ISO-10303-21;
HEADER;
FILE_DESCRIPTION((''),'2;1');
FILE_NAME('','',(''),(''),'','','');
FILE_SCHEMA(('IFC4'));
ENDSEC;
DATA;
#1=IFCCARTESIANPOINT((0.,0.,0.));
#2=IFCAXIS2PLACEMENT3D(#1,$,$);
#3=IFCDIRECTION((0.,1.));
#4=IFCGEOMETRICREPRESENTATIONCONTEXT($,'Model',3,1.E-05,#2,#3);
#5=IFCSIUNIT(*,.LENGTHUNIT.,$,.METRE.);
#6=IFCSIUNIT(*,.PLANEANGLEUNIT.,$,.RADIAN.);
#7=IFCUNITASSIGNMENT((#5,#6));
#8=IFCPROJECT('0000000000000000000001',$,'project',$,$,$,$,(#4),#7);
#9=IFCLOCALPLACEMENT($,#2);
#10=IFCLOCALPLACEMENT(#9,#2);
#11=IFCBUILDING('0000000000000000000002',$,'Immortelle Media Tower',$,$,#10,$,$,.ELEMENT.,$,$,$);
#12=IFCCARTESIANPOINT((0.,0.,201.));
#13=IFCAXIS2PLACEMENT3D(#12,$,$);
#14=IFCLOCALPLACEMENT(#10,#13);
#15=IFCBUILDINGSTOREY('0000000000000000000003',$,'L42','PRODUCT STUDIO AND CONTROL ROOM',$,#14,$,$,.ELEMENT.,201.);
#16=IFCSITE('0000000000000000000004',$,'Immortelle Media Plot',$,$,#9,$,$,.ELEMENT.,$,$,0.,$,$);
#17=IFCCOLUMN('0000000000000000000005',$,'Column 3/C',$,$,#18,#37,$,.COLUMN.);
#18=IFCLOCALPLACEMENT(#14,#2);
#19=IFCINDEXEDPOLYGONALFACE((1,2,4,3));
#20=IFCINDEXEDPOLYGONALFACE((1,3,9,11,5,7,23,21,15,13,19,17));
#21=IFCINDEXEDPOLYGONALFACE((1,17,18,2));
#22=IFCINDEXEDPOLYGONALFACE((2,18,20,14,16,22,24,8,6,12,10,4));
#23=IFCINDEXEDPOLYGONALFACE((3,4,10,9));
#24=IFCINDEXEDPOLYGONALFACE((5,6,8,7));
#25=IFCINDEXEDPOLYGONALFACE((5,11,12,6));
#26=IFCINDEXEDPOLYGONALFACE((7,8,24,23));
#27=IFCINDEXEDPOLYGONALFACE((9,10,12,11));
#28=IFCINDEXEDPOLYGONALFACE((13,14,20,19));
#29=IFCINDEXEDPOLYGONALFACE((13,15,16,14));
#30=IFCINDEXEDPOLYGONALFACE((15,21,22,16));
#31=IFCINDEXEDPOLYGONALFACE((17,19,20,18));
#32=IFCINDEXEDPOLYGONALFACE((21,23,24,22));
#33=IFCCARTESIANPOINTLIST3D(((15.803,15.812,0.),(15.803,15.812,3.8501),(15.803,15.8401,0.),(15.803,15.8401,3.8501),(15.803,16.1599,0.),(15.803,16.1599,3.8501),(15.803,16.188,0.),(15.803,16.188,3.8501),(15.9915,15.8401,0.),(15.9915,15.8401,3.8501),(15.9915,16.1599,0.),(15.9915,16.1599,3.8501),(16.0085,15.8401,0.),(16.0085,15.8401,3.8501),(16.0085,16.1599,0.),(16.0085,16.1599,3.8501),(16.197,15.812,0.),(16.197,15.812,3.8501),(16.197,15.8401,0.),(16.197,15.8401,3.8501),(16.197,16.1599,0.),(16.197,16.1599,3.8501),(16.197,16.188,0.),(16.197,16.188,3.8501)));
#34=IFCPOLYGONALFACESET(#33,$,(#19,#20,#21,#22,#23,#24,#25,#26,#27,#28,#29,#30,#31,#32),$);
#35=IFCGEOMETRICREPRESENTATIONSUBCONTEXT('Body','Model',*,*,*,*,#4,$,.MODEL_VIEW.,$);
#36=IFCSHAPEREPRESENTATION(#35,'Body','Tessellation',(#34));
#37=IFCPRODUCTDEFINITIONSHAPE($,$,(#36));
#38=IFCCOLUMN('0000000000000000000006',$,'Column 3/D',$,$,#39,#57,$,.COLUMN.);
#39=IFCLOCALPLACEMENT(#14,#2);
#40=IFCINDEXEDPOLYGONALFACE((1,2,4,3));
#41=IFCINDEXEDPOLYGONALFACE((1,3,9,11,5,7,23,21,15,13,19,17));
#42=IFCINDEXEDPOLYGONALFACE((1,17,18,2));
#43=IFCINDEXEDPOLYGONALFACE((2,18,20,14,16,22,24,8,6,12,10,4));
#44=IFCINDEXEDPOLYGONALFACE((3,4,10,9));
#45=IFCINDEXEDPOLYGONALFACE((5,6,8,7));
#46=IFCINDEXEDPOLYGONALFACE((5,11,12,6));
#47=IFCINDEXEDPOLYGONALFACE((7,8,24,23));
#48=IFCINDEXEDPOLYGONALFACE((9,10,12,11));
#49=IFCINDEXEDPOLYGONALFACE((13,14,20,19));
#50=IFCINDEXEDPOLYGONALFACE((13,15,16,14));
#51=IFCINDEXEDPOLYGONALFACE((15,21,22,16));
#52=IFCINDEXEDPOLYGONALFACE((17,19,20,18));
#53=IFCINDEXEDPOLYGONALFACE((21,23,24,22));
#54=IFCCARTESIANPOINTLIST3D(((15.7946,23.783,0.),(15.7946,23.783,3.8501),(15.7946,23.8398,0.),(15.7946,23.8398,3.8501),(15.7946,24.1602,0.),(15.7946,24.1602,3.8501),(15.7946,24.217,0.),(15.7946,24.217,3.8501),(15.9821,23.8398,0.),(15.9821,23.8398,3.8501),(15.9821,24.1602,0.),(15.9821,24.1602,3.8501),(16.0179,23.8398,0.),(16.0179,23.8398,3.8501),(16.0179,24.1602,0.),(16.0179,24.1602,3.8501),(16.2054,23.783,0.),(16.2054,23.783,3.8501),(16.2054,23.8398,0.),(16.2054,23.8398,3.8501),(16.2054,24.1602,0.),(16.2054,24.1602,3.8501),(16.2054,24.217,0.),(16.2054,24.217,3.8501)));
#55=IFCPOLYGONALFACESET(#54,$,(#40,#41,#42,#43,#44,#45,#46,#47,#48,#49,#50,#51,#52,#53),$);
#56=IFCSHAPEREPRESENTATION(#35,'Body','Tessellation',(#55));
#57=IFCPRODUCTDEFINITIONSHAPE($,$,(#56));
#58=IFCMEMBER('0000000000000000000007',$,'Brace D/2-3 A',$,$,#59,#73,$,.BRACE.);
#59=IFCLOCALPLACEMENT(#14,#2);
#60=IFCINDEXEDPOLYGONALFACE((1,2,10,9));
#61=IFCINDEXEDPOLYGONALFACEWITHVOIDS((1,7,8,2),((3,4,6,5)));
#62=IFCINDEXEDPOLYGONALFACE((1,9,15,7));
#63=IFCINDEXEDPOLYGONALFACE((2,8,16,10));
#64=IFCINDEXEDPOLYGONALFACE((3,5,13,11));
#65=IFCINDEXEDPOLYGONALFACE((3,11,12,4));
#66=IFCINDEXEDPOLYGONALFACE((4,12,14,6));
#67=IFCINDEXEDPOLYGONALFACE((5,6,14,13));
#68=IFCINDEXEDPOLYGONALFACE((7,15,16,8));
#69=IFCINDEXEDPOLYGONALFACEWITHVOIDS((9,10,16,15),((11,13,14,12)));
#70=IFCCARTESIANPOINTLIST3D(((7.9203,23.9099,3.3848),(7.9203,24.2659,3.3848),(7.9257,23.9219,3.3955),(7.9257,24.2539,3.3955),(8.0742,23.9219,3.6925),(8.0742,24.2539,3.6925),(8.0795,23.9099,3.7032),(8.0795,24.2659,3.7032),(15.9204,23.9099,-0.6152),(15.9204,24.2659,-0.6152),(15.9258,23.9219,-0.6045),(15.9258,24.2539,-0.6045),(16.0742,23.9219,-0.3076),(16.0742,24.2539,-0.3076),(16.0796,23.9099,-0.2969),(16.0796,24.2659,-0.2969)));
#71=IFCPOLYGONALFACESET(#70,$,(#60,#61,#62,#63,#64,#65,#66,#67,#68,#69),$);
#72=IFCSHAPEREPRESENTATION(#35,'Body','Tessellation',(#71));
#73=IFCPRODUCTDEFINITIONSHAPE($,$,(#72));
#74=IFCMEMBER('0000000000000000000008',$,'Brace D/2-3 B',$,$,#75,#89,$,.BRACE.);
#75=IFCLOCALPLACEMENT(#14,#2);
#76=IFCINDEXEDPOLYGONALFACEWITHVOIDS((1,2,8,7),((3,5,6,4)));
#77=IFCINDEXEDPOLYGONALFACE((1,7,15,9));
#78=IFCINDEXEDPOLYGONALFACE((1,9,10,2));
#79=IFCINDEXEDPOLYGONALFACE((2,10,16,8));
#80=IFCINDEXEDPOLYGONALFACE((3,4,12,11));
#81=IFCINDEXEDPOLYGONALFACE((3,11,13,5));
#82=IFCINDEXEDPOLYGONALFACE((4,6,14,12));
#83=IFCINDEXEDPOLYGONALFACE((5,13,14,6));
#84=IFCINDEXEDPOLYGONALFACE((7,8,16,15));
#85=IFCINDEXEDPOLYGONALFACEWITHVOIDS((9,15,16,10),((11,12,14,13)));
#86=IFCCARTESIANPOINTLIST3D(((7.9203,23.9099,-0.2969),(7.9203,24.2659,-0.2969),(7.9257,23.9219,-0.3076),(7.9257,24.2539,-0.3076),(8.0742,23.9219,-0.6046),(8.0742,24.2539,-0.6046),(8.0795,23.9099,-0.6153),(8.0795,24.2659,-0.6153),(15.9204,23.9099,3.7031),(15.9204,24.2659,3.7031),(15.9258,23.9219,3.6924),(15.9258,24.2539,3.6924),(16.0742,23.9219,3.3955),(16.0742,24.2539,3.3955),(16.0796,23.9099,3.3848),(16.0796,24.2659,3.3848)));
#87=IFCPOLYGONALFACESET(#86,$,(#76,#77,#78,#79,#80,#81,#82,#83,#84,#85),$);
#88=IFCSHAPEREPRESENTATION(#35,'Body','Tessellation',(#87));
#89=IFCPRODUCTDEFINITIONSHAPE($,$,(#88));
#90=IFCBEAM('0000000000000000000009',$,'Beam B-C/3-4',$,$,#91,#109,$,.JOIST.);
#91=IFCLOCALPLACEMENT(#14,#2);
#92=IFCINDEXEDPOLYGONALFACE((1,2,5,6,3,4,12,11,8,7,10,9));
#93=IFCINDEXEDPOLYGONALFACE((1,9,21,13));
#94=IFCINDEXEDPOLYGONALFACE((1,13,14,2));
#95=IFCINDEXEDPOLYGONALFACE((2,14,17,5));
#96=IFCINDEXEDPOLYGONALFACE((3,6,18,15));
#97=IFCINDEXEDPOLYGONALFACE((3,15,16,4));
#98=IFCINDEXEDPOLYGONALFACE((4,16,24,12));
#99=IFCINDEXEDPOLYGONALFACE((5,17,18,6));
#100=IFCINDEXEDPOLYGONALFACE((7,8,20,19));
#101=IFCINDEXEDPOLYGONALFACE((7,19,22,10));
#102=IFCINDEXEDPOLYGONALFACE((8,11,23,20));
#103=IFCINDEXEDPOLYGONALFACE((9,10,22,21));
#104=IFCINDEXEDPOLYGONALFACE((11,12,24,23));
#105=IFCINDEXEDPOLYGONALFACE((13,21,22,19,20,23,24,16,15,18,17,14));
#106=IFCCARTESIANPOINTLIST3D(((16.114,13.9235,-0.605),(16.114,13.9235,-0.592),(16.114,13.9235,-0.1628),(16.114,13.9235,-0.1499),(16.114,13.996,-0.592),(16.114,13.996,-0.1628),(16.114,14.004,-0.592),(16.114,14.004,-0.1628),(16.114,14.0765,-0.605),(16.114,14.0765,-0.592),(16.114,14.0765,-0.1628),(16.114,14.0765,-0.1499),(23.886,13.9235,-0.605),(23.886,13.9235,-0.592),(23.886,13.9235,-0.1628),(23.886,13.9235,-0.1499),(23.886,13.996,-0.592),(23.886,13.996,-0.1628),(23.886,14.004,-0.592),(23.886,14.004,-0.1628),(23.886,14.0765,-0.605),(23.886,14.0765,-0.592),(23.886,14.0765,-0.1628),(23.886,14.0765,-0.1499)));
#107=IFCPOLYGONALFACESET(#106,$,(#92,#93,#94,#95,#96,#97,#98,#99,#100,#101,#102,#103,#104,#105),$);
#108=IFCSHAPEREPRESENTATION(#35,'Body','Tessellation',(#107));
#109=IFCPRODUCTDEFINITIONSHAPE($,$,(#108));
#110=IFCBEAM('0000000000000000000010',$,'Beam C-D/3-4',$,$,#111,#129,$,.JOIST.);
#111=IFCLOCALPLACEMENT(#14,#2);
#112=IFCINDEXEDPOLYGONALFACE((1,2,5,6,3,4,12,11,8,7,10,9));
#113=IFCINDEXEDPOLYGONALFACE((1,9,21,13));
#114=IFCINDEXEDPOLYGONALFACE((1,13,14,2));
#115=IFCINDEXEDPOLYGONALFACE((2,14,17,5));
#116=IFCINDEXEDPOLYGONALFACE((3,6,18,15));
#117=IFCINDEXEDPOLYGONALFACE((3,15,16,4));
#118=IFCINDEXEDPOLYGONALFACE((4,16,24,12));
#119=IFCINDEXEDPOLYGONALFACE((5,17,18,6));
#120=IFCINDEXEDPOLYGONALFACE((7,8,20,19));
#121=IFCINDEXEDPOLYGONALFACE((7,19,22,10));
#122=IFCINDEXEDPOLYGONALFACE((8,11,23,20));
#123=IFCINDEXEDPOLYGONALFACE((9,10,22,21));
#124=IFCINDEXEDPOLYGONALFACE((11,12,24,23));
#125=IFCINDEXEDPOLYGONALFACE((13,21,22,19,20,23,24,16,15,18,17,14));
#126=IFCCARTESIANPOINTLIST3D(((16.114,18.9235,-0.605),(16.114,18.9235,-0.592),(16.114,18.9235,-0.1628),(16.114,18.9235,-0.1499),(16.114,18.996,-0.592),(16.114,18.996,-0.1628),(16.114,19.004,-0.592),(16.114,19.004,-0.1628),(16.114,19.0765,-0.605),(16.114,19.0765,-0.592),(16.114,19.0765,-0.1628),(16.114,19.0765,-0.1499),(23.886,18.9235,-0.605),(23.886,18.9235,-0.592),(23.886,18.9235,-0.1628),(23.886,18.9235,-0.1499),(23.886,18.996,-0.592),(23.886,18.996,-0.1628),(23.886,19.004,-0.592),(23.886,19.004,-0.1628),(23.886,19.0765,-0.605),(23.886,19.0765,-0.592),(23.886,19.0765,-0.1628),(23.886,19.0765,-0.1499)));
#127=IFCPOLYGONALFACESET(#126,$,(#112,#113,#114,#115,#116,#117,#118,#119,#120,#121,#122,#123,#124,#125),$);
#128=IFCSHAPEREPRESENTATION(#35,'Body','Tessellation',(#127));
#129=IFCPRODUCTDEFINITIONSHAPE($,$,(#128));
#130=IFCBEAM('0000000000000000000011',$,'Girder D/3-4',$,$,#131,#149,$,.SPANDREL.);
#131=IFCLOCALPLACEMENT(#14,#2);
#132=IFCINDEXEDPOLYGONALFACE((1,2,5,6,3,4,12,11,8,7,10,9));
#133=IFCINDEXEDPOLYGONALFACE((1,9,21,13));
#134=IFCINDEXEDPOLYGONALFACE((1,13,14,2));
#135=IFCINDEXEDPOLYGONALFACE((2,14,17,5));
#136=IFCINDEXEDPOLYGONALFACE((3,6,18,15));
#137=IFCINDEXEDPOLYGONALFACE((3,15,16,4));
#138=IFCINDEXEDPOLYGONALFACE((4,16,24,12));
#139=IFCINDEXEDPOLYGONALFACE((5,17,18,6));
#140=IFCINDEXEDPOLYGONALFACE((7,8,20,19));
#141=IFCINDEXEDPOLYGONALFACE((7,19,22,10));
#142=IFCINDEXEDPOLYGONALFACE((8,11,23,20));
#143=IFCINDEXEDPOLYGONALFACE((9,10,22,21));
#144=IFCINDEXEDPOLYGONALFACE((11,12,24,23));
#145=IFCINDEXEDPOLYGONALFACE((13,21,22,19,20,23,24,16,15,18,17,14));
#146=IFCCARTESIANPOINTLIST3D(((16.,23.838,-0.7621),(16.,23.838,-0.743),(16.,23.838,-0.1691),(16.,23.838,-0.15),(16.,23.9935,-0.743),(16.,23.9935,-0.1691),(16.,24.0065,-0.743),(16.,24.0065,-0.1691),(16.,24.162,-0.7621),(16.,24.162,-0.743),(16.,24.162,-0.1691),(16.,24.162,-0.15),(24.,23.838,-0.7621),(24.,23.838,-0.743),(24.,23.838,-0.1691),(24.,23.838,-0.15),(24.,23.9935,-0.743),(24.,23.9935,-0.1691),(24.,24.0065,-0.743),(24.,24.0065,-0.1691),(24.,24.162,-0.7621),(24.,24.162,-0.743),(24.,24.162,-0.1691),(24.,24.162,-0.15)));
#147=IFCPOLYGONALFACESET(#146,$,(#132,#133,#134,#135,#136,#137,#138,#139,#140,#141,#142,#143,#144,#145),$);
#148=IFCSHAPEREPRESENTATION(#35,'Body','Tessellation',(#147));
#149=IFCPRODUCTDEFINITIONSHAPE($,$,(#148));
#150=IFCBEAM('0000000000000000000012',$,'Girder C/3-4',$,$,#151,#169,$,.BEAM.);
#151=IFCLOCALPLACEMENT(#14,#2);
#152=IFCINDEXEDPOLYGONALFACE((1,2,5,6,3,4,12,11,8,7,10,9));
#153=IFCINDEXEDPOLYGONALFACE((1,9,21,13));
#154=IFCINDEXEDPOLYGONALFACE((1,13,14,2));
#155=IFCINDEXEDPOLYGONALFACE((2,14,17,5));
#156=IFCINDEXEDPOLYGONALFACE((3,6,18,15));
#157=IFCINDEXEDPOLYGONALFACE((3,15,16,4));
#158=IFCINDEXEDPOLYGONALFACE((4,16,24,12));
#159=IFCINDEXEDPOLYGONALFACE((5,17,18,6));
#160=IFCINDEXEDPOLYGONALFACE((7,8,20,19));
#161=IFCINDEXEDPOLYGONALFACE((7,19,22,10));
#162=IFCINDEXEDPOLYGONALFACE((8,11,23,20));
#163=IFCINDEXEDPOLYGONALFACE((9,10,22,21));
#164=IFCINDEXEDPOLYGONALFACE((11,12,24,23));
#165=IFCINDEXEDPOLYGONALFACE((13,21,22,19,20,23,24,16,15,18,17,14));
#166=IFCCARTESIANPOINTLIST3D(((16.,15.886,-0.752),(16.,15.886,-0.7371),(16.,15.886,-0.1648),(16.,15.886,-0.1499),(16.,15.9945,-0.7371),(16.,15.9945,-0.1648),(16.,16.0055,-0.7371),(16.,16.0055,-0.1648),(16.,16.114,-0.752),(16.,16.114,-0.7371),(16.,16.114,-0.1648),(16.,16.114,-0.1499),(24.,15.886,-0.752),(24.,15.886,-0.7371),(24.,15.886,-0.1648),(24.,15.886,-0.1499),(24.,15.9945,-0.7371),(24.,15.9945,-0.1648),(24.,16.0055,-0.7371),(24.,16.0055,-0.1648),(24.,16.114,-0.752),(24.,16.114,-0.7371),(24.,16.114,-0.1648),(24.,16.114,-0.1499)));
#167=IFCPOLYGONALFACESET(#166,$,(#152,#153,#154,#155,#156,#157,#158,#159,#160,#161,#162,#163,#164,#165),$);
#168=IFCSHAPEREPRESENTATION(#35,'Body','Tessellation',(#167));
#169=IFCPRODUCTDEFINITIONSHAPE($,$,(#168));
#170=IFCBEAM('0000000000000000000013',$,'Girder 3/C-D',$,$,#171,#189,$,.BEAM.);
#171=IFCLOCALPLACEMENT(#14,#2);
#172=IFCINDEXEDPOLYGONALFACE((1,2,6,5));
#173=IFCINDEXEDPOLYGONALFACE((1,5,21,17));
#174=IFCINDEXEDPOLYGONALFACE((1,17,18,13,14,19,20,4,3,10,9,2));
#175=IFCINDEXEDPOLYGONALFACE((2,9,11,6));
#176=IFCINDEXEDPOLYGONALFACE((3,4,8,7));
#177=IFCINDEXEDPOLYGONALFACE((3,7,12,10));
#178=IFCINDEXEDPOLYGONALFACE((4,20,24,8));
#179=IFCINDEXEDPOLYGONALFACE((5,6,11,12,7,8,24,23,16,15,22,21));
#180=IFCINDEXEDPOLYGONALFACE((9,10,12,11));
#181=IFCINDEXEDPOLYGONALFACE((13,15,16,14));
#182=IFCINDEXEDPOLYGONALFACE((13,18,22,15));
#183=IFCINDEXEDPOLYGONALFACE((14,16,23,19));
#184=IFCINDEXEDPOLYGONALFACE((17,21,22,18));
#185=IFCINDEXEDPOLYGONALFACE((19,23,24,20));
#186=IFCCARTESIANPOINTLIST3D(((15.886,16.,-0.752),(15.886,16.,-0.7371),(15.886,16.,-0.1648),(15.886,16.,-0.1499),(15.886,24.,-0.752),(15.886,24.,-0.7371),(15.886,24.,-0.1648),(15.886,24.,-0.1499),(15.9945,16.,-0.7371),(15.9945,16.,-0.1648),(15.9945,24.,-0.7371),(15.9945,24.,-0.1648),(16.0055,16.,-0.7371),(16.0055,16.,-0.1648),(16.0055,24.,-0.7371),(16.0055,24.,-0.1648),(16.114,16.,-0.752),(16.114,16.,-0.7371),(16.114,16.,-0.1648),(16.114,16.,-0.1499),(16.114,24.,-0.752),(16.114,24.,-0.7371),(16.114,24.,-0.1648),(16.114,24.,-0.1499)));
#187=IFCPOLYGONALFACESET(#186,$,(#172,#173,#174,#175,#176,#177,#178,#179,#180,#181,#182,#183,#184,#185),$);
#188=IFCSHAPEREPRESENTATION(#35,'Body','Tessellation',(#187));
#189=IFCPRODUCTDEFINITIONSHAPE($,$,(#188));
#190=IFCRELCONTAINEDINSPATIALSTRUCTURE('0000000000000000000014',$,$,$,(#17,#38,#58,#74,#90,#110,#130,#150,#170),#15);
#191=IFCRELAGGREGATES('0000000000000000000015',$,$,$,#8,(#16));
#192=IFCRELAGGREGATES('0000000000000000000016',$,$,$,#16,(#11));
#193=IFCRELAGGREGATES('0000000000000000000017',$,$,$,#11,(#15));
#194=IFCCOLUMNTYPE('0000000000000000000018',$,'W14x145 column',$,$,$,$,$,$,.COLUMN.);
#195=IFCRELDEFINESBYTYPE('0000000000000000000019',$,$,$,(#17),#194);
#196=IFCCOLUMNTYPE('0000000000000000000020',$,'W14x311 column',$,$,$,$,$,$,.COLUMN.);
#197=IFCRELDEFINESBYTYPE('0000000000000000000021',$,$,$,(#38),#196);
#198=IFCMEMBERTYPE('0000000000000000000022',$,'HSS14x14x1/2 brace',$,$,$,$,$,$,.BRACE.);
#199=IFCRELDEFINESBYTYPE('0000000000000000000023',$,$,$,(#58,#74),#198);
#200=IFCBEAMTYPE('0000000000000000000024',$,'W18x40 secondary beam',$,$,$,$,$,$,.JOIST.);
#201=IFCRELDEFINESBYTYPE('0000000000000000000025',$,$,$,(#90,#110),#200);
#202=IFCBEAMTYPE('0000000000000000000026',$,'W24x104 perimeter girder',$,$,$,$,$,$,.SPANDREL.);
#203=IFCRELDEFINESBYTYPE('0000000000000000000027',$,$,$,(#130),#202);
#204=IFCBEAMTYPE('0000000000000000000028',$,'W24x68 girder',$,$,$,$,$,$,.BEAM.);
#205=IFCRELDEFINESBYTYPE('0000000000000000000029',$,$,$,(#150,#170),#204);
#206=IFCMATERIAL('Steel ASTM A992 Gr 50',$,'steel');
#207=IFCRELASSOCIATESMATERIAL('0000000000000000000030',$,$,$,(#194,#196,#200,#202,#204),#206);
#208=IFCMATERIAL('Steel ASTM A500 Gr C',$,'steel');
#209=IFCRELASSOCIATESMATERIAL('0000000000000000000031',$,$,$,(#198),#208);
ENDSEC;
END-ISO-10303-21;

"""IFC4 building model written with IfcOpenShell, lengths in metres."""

from ifc_helpers import new_model, si_unit, direction, frame, origin, origin_2d, place, context, subcontext, project, spatial, hollow_rectangle, i_section, extrude, material, material_profile, profile_set, type_object, element, save


model = new_model("IFC4")

# Units and contexts
model_context = context("Model", 3, precision=1e-05, world=origin(), true_north=direction((0.0, 1.0)))
body_context = subcontext(model_context, "Body", "Model", "MODEL_VIEW")
ifc_project = project(units=[si_unit("LENGTHUNIT", "METRE"), si_unit("PLANEANGLEUNIT", "RADIAN")], contexts=[model_context])

# Site, building, storey
site_placement = place(None, origin())
site = spatial("IfcSite", under=ifc_project, at=site_placement, Name="Immortelle Media Plot", CompositionType="ELEMENT", RefElevation=0.0)
building_placement = place(site_placement, origin())
building = spatial("IfcBuilding", under=site, at=building_placement, Name="Immortelle Media Tower", CompositionType="ELEMENT")
storey_placement = place(building_placement, frame((0.0, 0.0, 201.0)))
storey = spatial("IfcBuildingStorey", under=building, at=storey_placement, Name="L42", Description="PRODUCT STUDIO AND CONTROL ROOM", CompositionType="ELEMENT", Elevation=201.0)

# Columns
ifc_material_1 = material(Name="Steel ASTM A992 Gr 50", Category="steel")
ifc_material_profile_1 = material_profile(ifc_material_1, i_section(OverallWidth=0.394, OverallDepth=0.376, WebThickness=0.0171, FlangeThickness=0.0281, at=origin_2d()), Name="W14x145")
ifc_profile_set_1 = profile_set([ifc_material_profile_1], Name="Steel ASTM A992 Gr 50")
column_type_1 = type_object("IfcColumnType", Name="W14x145 column", PredefinedType="COLUMN", material=ifc_profile_set_1)
column_1_placement = place(storey_placement, frame((16.0, 16.0, 0.0), z_axis=(0.0, 0.0, 1.0), x_axis=(1.0, 0.0, 0.0)))
element("IfcColumn", 1, at=column_1_placement, inside=storey, type_object=column_type_1, Name="Column 3/C", PredefinedType="COLUMN", context=body_context, shape_type="SweptSolid", body=[
    extrude(i_section(OverallWidth=0.394, OverallDepth=0.376, WebThickness=0.0171, FlangeThickness=0.0281, at=origin_2d()), origin(), (0.0, 0.0, 1.0), 3.8501),
])
ifc_material_profile_2 = material_profile(ifc_material_1, i_section(OverallWidth=0.4109, OverallDepth=0.4341, WebThickness=0.0359, FlangeThickness=0.0569, at=origin_2d()), Name="W14x311")
ifc_profile_set_2 = profile_set([ifc_material_profile_2], Name="Steel ASTM A992 Gr 50")
column_type_2 = type_object("IfcColumnType", Name="W14x311 column", PredefinedType="COLUMN", material=ifc_profile_set_2)
column_2_placement = place(storey_placement, frame((16.0, 24.0, 0.0), z_axis=(0.0, 0.0, 1.0), x_axis=(1.0, 0.0, 0.0)))
element("IfcColumn", 2, at=column_2_placement, inside=storey, type_object=column_type_2, Name="Column 3/D", PredefinedType="COLUMN", context=body_context, shape_type="SweptSolid", body=[
    extrude(i_section(OverallWidth=0.4109, OverallDepth=0.4341, WebThickness=0.0359, FlangeThickness=0.0569, at=origin_2d()), origin(), (0.0, 0.0, 1.0), 3.8501),
])

# Members
ifc_material_2 = material(Name="Steel ASTM A500 Gr C", Category="steel")
ifc_material_profile_3 = material_profile(ifc_material_2, hollow_rectangle(XDim=0.356, YDim=0.356, WallThickness=0.012, at=origin_2d()), Name="HSS14x14x1/2 brace")
ifc_profile_set_3 = profile_set([ifc_material_profile_3], Name="Steel ASTM A500 Gr C")
member_type = type_object("IfcMemberType", Name="HSS14x14x1/2 brace", PredefinedType="BRACE", material=ifc_profile_set_3)
for number, where, z_axis, x_axis, name in (
    (3, (16.0, 24.0879, -0.4561), (-0.894427, 0.0, 0.447214), (0.0, -1.0, 0.0), "Brace D/2-3 A"),
    (4, (16.0, 24.0879, 3.5439), (-0.894427, 0.0, -0.447214), (0.0, -1.0, 0.0), "Brace D/2-3 B"),
):
    element("IfcMember", number, at=place(storey_placement, frame(where, z_axis=z_axis, x_axis=x_axis)), inside=storey, type_object=member_type, Name=name, PredefinedType="BRACE", context=body_context, shape_type="SweptSolid", body=[
        extrude(hollow_rectangle(XDim=0.356, YDim=0.356, WallThickness=0.012, at=origin_2d()), origin(), (0.0, 0.0, 1.0), 8.9443),
    ])

# Beams
ifc_material_profile_4 = material_profile(ifc_material_1, i_section(OverallWidth=0.1531, OverallDepth=0.4551, WebThickness=0.0081, FlangeThickness=0.0129, at=origin_2d()), Name="W18x40")
ifc_profile_set_4 = profile_set([ifc_material_profile_4], Name="Steel ASTM A992 Gr 50")
beam_type_1 = type_object("IfcBeamType", Name="W18x40 secondary beam", PredefinedType="JOIST", material=ifc_profile_set_4)
for number, where, z_axis, x_axis, name in (
    (5, (16.114, 14.0, -0.3774), (1.0, 0.0, 0.0), (0.0, 1.0, 0.0), "Beam B-C/3-4"),
    (6, (16.114, 19.0, -0.3774), (1.0, 0.0, 0.0), (0.0, 1.0, 0.0), "Beam C-D/3-4"),
):
    element("IfcBeam", number, at=place(storey_placement, frame(where, z_axis=z_axis, x_axis=x_axis)), inside=storey, type_object=beam_type_1, Name=name, PredefinedType="JOIST", context=body_context, shape_type="SweptSolid", body=[
        extrude(i_section(OverallWidth=0.1531, OverallDepth=0.4551, WebThickness=0.0081, FlangeThickness=0.0129, at=origin_2d()), origin(), (0.0, 0.0, 1.0), 7.772),
    ])
ifc_material_profile_5 = material_profile(ifc_material_1, i_section(OverallWidth=0.324, OverallDepth=0.6121, WebThickness=0.0129, FlangeThickness=0.019, at=origin_2d()), Name="W24x104")
ifc_profile_set_5 = profile_set([ifc_material_profile_5], Name="Steel ASTM A992 Gr 50")
beam_type_2 = type_object("IfcBeamType", Name="W24x104 perimeter girder", PredefinedType="SPANDREL", material=ifc_profile_set_5)
beam_placement = place(storey_placement, frame((16.0, 24.0, -0.4561), z_axis=(1.0, 0.0, 0.0), x_axis=(0.0, 1.0, 0.0)))
element("IfcBeam", 7, at=beam_placement, inside=storey, type_object=beam_type_2, Name="Girder D/3-4", PredefinedType="SPANDREL", context=body_context, shape_type="SweptSolid", body=[
    extrude(i_section(OverallWidth=0.324, OverallDepth=0.6121, WebThickness=0.0129, FlangeThickness=0.019, at=origin_2d()), origin(), (0.0, 0.0, 1.0), 8.0),
])
ifc_material_profile_6 = material_profile(ifc_material_1, i_section(OverallWidth=0.228, OverallDepth=0.6021, WebThickness=0.011, FlangeThickness=0.0149, at=origin_2d()), Name="W24x68")
ifc_profile_set_6 = profile_set([ifc_material_profile_6], Name="Steel ASTM A992 Gr 50")
beam_type_3 = type_object("IfcBeamType", Name="W24x68 girder", PredefinedType="BEAM", material=ifc_profile_set_6)
for number, where, z_axis, x_axis, name in (
    (8, (16.0, 16.0, -0.4509), (1.0, 0.0, 0.0), (0.0, 1.0, 0.0), "Girder C/3-4"),
    (9, (16.0, 16.0, -0.4509), (0.0, 1.0, 0.0), (-1.0, 0.0, 0.0), "Girder 3/C-D"),
):
    element("IfcBeam", number, at=place(storey_placement, frame(where, z_axis=z_axis, x_axis=x_axis)), inside=storey, type_object=beam_type_3, Name=name, PredefinedType="BEAM", context=body_context, shape_type="SweptSolid", body=[
        extrude(i_section(OverallWidth=0.228, OverallDepth=0.6021, WebThickness=0.011, FlangeThickness=0.0149, at=origin_2d()), origin(), (0.0, 0.0, 1.0), 8.0),
    ])

save(model, "model.ifc")
